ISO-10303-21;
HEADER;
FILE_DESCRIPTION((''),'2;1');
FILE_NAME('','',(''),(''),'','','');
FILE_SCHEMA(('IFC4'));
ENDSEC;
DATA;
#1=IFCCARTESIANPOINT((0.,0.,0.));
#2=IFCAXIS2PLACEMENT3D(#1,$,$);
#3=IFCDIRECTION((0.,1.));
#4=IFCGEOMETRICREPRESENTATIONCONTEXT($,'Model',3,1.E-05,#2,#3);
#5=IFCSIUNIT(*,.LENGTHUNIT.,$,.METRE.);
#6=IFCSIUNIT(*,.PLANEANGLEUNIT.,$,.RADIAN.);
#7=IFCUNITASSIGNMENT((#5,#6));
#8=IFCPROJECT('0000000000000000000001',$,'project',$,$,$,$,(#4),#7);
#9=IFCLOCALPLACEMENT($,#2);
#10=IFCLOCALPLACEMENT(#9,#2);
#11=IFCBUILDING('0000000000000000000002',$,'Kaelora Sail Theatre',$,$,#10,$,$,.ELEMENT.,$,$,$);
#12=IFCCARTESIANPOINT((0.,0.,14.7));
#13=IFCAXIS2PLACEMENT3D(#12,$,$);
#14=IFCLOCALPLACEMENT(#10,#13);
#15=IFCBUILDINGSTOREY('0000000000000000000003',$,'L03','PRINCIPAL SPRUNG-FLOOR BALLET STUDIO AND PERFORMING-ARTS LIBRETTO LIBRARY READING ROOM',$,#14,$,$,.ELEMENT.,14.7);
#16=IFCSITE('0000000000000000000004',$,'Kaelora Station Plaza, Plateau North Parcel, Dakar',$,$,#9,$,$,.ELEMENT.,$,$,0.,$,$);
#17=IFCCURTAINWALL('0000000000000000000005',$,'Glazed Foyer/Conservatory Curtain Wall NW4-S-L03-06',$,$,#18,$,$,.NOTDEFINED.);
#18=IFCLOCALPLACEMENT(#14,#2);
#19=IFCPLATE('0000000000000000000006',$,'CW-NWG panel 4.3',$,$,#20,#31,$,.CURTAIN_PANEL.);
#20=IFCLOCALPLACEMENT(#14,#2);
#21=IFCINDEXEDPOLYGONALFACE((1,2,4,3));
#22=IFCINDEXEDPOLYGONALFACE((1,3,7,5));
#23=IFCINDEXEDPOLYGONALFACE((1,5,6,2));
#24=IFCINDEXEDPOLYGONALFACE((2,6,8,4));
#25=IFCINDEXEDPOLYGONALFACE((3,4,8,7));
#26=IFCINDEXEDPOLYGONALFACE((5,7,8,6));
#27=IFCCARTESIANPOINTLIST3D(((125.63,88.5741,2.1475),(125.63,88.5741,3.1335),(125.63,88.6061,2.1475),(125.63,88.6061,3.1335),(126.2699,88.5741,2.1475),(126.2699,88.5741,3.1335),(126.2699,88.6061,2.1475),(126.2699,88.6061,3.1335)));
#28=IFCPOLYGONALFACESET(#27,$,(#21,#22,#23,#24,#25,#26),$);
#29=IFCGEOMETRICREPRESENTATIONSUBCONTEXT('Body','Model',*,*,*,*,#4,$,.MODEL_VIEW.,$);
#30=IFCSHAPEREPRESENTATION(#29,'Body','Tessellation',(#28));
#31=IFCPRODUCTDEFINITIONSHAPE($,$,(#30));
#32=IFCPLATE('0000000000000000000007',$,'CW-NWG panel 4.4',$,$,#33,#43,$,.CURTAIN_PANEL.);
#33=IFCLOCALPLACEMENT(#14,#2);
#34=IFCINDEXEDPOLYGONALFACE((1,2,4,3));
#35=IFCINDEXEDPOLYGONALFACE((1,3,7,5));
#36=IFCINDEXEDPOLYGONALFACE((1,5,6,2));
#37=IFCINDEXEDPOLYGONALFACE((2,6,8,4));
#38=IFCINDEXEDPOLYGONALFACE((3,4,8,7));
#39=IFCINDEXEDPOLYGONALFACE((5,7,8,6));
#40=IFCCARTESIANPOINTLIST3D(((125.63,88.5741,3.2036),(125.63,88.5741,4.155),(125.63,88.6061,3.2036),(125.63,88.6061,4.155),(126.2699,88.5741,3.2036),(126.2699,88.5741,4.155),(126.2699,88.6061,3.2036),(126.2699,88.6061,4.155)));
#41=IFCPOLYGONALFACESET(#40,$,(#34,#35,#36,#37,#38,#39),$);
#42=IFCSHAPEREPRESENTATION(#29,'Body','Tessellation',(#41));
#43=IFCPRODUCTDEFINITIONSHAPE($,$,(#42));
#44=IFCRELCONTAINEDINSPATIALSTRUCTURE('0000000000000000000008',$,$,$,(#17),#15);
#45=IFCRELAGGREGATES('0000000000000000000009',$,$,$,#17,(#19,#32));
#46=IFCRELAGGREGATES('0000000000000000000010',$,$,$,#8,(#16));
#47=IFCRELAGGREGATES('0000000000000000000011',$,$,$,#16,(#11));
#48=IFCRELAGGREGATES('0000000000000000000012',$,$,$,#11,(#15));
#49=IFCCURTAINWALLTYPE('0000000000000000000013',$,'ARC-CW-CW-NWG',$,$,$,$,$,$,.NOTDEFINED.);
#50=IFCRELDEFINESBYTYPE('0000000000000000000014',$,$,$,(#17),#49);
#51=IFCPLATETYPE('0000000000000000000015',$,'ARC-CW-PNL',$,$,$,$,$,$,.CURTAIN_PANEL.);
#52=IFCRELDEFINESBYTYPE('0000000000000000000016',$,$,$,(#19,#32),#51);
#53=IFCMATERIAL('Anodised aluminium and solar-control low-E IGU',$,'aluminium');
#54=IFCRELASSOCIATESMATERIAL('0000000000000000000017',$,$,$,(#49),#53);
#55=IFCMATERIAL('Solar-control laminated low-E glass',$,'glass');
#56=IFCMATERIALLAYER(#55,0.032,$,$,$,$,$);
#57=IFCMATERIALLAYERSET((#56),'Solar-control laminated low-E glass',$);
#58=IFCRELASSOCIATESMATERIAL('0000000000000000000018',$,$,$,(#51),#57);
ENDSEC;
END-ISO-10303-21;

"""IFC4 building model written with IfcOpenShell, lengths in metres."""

from ifc_helpers import new_model, si_unit, direction, frame, origin, origin_2d, place, context, subcontext, project, spatial, rectangle, extrude, material, layer, layer_set, type_object, element, aggregate, save


model = new_model("IFC4")

# Units and contexts
model_context = context("Model", 3, precision=1e-05, world=origin(), true_north=direction((0.0, 1.0)))
body_context = subcontext(model_context, "Body", "Model", "MODEL_VIEW")
ifc_project = project(units=[si_unit("LENGTHUNIT", "METRE"), si_unit("PLANEANGLEUNIT", "RADIAN")], contexts=[model_context])

# Site, building, storey
site_placement = place(None, origin())
site = spatial("IfcSite", under=ifc_project, at=site_placement, Name="Kaelora Station Plaza, Plateau North Parcel, Dakar", CompositionType="ELEMENT", RefElevation=0.0)
building_placement = place(site_placement, origin())
building = spatial("IfcBuilding", under=site, at=building_placement, Name="Kaelora Sail Theatre", CompositionType="ELEMENT")
storey_placement = place(building_placement, frame((0.0, 0.0, 14.7)))
storey = spatial("IfcBuildingStorey", under=building, at=storey_placement, Name="L03", Description="PRINCIPAL SPRUNG-FLOOR BALLET STUDIO AND PERFORMING-ARTS LIBRETTO LIBRARY READING ROOM", CompositionType="ELEMENT", Elevation=14.7)

# Curtain wall, plates
ifc_material_1 = material(Name="Anodised aluminium and solar-control low-E IGU", Category="aluminium")
curtain_wall_type = type_object("IfcCurtainWallType", Name="ARC-CW-CW-NWG", PredefinedType="NOTDEFINED", material=ifc_material_1)
curtain_wall_placement = place(storey_placement, origin())
curtain_wall = element("IfcCurtainWall", 1, at=curtain_wall_placement, inside=storey, type_object=curtain_wall_type, Name="Glazed Foyer/Conservatory Curtain Wall NW4-S-L03-06", PredefinedType="NOTDEFINED")
ifc_material_2 = material(Name="Solar-control laminated low-E glass", Category="glass")
ifc_layer = layer(ifc_material_2, 0.032)
ifc_layer_set = layer_set([ifc_layer], Name="Solar-control laminated low-E glass")
plate_type = type_object("IfcPlateType", Name="ARC-CW-PNL", PredefinedType="CURTAIN_PANEL", material=ifc_layer_set)
plate_1_placement = place(storey_placement, frame((125.95, 88.5901, 2.1475), z_axis=(0.0, 0.0, 1.0), x_axis=(1.0, 0.0, 0.0)))
plate_1 = element("IfcPlate", 2, at=plate_1_placement, type_object=plate_type, Name="CW-NWG panel 4.3", PredefinedType="CURTAIN_PANEL", context=body_context, shape_type="SweptSolid", body=[
    extrude(rectangle(XDim=0.6399, YDim=0.032, at=origin_2d()), origin(), (0.0, 0.0, 1.0), 0.9861),
])
plate_2_placement = place(storey_placement, frame((125.95, 88.5901, 3.2036), z_axis=(0.0, 0.0, 1.0), x_axis=(1.0, 0.0, 0.0)))
plate_2 = element("IfcPlate", 3, at=plate_2_placement, type_object=plate_type, Name="CW-NWG panel 4.4", PredefinedType="CURTAIN_PANEL", context=body_context, shape_type="SweptSolid", body=[
    extrude(rectangle(XDim=0.6399, YDim=0.032, at=origin_2d()), origin(), (0.0, 0.0, 1.0), 0.9514),
])
aggregate(curtain_wall, [plate_1, plate_2])

save(model, "model.ifc")
